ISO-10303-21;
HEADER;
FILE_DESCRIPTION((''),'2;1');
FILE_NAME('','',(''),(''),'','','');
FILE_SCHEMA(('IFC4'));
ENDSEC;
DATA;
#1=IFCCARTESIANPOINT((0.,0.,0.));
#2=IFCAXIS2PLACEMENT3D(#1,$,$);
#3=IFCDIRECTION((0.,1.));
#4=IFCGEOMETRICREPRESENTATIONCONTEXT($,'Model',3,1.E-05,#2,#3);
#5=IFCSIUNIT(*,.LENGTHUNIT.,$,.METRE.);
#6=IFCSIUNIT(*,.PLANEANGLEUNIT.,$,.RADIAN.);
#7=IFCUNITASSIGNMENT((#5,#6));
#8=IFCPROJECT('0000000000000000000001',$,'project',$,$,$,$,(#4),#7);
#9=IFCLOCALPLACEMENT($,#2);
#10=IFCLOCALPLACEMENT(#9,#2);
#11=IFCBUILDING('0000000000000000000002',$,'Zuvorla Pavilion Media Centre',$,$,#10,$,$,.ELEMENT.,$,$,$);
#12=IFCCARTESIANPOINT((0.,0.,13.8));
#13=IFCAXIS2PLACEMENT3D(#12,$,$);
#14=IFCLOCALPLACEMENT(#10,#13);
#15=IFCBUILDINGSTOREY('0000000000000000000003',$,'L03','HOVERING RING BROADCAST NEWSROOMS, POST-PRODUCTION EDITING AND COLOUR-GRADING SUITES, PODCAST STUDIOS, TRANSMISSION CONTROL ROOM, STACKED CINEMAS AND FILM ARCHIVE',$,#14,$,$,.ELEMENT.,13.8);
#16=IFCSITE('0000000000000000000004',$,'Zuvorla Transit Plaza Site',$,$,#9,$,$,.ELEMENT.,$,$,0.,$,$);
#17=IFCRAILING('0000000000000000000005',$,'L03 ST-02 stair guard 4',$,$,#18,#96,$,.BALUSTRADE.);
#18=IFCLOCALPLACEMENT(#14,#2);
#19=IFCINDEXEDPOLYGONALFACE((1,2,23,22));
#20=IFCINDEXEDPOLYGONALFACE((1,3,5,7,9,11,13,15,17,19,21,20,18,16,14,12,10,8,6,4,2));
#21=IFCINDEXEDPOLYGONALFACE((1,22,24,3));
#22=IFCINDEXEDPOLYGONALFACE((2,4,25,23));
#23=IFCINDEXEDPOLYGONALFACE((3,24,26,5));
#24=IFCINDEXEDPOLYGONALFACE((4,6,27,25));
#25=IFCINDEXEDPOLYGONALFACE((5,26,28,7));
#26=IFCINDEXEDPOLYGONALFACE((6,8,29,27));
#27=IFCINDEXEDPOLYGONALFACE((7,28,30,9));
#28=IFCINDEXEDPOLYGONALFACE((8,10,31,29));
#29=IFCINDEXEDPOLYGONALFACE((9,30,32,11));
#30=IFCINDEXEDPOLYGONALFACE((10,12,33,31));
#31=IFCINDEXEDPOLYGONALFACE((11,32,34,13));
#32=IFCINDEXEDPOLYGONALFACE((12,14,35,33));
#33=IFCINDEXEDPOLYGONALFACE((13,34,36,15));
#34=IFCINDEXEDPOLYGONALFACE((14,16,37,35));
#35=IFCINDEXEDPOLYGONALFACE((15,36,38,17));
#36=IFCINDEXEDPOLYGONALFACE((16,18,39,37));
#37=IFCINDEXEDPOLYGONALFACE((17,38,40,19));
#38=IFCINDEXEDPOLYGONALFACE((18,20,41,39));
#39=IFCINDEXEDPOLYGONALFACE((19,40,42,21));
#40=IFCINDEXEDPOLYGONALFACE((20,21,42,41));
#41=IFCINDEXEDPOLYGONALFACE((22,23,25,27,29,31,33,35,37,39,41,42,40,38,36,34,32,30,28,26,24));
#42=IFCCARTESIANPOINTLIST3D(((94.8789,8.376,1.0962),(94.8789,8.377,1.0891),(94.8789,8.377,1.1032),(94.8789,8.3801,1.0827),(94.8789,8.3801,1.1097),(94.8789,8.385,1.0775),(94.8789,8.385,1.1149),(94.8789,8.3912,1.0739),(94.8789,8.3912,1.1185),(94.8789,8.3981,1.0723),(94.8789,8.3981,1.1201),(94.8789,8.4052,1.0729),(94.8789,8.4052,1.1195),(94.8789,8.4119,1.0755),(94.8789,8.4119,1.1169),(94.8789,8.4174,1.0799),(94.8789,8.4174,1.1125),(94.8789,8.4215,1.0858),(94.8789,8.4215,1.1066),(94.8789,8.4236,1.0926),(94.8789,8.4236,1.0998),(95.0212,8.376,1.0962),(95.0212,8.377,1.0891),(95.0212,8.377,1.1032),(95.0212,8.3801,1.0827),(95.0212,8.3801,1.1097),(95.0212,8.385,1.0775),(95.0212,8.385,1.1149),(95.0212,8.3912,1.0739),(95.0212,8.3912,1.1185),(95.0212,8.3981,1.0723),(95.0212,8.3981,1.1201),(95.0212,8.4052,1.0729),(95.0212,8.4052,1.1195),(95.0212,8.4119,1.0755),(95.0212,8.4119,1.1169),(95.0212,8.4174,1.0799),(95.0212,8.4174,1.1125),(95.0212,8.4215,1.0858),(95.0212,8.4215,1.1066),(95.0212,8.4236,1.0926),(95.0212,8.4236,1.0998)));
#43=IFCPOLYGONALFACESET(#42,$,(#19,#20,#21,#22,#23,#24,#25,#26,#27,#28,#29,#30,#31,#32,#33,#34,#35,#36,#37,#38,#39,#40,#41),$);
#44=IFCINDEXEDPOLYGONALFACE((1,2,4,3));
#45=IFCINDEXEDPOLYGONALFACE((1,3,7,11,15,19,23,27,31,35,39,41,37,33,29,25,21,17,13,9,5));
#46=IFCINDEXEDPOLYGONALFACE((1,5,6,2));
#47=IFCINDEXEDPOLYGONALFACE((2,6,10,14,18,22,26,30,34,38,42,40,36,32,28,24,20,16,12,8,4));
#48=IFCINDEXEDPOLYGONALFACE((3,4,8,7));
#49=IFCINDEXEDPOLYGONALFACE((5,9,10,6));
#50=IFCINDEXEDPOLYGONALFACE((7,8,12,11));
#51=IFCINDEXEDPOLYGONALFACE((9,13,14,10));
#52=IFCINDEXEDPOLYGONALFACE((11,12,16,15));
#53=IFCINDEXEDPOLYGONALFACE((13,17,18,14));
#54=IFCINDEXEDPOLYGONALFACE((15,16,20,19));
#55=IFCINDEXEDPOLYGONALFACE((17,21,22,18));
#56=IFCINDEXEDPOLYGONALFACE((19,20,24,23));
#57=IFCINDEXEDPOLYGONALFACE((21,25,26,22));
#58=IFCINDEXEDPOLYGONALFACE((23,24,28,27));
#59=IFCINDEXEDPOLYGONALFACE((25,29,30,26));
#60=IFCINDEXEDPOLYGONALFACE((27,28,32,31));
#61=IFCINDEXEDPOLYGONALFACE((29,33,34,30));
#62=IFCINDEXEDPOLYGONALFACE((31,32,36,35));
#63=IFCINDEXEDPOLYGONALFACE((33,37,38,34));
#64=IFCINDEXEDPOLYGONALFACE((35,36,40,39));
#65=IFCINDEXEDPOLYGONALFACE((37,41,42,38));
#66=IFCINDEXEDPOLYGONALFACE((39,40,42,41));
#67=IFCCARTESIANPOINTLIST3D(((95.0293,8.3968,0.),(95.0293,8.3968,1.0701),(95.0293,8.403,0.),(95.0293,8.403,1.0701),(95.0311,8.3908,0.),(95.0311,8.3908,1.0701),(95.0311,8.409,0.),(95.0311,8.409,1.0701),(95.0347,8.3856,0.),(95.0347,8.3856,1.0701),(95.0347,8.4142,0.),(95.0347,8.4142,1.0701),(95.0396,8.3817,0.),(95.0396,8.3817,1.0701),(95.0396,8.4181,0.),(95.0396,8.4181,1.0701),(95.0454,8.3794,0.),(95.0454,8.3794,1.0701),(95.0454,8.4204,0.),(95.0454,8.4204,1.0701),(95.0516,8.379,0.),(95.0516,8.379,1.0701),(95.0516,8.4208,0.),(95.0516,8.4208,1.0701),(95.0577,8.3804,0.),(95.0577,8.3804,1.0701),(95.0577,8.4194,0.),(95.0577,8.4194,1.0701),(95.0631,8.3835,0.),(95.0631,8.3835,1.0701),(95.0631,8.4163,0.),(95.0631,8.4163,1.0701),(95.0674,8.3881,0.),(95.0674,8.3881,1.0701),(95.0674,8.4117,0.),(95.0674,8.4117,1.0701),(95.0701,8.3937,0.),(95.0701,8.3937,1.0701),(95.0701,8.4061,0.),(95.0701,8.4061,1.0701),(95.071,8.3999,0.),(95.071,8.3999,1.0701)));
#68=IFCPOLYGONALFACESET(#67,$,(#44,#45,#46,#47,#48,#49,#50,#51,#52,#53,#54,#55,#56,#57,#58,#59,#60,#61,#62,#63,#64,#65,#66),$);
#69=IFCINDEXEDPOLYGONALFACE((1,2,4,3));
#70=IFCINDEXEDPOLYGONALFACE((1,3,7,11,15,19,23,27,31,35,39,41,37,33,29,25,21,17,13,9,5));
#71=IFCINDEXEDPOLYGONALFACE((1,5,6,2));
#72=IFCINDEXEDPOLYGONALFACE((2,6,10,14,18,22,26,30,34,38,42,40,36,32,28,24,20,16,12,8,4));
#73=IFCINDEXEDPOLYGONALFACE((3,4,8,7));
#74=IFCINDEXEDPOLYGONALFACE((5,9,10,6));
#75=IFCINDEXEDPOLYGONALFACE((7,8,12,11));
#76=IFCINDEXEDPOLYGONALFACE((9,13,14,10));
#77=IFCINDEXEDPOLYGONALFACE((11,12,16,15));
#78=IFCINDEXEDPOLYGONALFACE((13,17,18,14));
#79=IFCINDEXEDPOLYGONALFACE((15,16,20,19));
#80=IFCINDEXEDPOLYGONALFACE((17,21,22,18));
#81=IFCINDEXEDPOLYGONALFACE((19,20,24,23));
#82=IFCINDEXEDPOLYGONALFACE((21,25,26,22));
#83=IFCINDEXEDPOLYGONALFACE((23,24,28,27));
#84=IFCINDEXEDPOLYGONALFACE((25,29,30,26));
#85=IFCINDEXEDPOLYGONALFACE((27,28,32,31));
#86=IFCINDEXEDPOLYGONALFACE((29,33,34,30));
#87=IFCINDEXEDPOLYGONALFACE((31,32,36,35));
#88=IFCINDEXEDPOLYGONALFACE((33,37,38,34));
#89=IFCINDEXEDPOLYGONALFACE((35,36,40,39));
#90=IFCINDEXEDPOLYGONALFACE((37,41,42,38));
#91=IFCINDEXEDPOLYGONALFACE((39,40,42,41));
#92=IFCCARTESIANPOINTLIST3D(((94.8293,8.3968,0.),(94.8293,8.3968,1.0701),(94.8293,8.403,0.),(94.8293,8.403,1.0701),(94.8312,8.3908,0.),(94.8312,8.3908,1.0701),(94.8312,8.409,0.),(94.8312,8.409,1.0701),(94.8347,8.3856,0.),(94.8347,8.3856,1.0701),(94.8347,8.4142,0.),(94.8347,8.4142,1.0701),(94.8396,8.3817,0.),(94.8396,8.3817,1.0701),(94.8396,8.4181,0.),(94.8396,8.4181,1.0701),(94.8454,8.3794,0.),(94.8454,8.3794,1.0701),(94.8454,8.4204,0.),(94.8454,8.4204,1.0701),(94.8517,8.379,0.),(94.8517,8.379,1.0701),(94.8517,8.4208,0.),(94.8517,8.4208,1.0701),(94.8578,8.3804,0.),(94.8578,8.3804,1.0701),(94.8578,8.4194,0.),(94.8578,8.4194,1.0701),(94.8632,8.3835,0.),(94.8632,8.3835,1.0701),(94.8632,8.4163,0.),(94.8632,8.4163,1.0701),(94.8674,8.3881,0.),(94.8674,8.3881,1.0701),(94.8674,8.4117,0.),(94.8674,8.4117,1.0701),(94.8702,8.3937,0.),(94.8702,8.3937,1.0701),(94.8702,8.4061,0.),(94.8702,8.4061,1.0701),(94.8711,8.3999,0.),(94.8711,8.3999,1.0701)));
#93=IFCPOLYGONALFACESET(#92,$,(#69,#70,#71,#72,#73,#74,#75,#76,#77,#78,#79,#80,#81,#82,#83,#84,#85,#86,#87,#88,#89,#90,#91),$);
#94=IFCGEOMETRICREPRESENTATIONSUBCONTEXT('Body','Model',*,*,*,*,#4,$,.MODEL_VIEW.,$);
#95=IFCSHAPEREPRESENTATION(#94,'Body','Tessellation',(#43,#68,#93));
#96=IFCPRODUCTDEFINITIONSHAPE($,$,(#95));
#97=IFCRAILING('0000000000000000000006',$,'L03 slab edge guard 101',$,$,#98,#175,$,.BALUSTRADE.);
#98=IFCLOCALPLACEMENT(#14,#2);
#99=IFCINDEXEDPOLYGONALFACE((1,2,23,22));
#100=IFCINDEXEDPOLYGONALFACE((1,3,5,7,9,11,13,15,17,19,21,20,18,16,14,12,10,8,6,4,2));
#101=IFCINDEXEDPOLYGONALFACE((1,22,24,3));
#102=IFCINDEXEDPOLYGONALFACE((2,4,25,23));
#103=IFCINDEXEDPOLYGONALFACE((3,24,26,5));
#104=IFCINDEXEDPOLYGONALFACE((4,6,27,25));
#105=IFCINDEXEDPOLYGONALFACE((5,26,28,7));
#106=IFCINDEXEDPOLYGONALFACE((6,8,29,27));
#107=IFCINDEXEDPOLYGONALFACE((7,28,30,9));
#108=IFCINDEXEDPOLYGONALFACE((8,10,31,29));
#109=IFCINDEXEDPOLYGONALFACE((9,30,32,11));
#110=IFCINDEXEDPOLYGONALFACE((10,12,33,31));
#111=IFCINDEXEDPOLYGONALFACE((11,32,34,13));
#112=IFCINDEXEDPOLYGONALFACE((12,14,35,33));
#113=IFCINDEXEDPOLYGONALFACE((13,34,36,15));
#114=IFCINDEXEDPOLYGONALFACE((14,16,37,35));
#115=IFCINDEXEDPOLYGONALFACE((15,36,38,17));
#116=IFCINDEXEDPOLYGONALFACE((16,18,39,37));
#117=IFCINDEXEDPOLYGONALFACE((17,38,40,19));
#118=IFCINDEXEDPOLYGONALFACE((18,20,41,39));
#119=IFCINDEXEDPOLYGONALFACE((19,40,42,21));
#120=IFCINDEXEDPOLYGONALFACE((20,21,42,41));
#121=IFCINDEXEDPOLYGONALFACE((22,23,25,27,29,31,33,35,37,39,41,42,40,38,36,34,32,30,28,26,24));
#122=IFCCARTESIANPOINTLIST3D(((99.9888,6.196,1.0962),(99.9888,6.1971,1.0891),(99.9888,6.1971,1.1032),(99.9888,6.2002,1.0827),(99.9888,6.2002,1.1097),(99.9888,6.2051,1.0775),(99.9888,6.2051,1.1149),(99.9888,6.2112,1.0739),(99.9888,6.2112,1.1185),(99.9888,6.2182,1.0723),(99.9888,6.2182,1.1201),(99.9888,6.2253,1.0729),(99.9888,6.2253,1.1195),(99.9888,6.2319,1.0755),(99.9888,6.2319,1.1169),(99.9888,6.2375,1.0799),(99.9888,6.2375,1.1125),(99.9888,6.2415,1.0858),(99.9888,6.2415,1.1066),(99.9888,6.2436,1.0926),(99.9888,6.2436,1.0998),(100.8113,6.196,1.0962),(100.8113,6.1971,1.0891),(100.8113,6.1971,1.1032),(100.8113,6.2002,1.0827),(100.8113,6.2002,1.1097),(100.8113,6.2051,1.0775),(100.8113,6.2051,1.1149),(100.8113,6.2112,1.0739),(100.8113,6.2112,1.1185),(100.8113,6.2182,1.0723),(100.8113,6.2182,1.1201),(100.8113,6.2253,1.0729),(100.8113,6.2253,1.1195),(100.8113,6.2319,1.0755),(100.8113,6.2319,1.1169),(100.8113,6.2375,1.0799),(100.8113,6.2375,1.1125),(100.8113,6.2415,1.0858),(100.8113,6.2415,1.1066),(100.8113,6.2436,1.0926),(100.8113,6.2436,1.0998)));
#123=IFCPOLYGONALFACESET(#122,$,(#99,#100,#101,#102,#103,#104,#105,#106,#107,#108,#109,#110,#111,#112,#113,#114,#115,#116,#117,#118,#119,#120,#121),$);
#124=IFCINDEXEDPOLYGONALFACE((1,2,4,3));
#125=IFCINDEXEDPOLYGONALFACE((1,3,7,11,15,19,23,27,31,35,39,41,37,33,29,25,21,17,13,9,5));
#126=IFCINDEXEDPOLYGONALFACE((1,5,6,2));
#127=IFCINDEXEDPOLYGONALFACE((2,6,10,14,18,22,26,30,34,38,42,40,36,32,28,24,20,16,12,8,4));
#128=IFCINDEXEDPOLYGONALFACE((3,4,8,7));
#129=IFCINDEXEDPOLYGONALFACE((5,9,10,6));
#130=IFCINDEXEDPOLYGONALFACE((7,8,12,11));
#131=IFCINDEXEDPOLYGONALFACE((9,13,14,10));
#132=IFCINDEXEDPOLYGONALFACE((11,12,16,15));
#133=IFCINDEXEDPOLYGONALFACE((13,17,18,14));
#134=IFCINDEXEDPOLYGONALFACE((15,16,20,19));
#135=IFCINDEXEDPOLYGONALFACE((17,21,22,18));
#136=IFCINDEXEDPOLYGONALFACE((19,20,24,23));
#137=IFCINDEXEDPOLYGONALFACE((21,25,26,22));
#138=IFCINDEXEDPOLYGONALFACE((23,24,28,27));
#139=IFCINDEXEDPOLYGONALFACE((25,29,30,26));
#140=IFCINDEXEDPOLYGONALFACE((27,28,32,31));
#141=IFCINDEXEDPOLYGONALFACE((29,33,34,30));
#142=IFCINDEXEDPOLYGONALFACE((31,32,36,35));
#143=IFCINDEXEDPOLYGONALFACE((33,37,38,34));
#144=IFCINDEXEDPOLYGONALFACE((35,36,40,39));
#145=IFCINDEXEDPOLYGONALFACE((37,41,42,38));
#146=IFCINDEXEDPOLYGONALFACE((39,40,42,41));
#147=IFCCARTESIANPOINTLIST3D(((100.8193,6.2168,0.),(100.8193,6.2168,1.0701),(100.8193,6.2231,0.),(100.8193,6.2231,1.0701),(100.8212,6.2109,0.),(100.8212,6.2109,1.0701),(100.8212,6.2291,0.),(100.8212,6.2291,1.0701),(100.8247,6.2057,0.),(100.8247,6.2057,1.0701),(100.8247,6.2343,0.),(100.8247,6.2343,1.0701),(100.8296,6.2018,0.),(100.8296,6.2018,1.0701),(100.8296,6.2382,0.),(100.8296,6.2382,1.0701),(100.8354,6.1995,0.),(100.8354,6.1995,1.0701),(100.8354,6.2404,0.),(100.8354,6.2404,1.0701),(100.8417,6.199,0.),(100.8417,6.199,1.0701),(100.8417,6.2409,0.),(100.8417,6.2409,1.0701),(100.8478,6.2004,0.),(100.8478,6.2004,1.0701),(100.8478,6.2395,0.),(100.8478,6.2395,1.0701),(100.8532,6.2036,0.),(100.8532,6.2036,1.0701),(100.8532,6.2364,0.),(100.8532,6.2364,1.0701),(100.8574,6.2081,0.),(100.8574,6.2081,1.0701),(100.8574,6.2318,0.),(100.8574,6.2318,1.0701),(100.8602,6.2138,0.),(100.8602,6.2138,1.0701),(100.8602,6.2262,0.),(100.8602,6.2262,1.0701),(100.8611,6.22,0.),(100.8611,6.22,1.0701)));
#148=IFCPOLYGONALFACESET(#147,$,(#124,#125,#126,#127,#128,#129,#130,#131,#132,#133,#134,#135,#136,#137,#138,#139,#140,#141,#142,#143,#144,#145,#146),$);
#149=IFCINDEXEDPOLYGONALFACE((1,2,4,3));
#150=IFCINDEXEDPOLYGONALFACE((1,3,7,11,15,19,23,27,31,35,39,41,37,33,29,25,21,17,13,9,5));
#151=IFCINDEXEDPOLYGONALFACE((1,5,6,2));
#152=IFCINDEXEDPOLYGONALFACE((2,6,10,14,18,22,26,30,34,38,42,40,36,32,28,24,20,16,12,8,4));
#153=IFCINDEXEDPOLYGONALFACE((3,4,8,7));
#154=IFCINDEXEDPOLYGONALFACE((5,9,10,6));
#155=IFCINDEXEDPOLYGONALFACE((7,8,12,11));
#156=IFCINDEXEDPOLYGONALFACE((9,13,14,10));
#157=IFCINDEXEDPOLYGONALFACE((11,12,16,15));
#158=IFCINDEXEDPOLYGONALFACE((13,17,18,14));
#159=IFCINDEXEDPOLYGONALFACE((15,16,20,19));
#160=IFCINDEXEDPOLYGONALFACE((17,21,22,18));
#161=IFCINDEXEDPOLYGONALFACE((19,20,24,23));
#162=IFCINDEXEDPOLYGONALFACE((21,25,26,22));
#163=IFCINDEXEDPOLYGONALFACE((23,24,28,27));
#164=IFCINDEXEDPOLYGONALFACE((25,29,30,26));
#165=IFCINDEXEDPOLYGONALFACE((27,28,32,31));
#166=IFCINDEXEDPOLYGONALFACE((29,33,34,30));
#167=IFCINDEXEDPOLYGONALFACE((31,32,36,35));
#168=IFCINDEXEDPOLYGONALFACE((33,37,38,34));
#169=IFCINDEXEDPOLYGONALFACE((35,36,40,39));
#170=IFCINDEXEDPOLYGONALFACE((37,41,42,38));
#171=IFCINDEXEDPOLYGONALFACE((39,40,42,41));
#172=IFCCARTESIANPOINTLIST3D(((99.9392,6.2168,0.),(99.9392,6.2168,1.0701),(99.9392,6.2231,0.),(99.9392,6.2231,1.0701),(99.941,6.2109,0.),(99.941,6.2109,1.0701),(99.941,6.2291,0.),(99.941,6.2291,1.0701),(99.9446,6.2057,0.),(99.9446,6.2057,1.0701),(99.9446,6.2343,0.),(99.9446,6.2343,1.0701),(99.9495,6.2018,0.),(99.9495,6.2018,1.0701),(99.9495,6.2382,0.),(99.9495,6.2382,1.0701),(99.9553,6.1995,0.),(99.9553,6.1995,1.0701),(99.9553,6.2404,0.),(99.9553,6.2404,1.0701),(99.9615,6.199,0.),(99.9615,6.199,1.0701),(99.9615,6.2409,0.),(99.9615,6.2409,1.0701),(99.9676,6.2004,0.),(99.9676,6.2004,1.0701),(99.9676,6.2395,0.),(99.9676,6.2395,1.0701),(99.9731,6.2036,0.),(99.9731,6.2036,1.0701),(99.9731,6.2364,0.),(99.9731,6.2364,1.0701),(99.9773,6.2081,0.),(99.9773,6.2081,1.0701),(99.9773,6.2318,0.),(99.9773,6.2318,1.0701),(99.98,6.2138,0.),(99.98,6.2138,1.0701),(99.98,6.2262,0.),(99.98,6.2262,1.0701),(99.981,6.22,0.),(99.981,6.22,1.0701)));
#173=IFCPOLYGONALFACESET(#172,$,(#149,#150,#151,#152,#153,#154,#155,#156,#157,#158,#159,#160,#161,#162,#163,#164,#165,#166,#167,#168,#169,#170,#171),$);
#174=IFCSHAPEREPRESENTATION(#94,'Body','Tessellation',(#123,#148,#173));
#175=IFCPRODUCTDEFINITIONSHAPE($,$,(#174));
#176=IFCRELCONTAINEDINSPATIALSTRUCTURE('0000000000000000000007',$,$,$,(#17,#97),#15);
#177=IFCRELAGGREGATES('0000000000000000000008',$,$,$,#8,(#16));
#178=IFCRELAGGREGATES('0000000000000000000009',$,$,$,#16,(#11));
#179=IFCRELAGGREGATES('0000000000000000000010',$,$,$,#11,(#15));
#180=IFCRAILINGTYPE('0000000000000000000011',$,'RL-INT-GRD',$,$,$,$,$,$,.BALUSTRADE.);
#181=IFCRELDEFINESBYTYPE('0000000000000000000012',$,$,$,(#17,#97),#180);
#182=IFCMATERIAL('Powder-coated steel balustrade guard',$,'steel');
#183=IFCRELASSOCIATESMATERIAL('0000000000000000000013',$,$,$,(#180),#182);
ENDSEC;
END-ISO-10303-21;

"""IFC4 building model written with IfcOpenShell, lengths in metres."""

from ifc_helpers import new_model, si_unit, direction, frame, origin, origin_2d, place, context, subcontext, project, spatial, circle, extrude, material, type_object, element, save


model = new_model("IFC4")

# Units and contexts
model_context = context("Model", 3, precision=1e-05, world=origin(), true_north=direction((0.0, 1.0)))
body_context = subcontext(model_context, "Body", "Model", "MODEL_VIEW")
ifc_project = project(units=[si_unit("LENGTHUNIT", "METRE"), si_unit("PLANEANGLEUNIT", "RADIAN")], contexts=[model_context])

# Site, building, storey
site_placement = place(None, origin())
site = spatial("IfcSite", under=ifc_project, at=site_placement, Name="Zuvorla Transit Plaza Site", CompositionType="ELEMENT", RefElevation=0.0)
building_placement = place(site_placement, origin())
building = spatial("IfcBuilding", under=site, at=building_placement, Name="Zuvorla Pavilion Media Centre", CompositionType="ELEMENT")
storey_placement = place(building_placement, frame((0.0, 0.0, 13.8)))
storey = spatial("IfcBuildingStorey", under=building, at=storey_placement, Name="L03", Description="HOVERING RING BROADCAST NEWSROOMS, POST-PRODUCTION EDITING AND COLOUR-GRADING SUITES, PODCAST STUDIOS, TRANSMISSION CONTROL ROOM, STACKED CINEMAS AND FILM ARCHIVE", CompositionType="ELEMENT", Elevation=13.8)

# Railings
ifc_material_1 = material(Name="Powder-coated steel balustrade guard", Category="steel")
railing_type_1 = type_object("IfcRailingType", Name="RL-INT-GRD", PredefinedType="BALUSTRADE", material=ifc_material_1)
railing_1_placement = place(storey_placement, frame((95.05, 8.3999, 0.0)))
element("IfcRailing", 1, at=railing_1_placement, inside=storey, type_object=railing_type_1, Name="L03 ST-02 stair guard 4", PredefinedType="BALUSTRADE", context=body_context, shape_type="SweptSolid", body=[
    extrude(circle(Radius=0.0239, at=origin_2d()), frame((-0.0288, 0.0, 1.0962), z_axis=(-1.0, 0.0, 0.0), x_axis=(0.0, -1.0, 0.0)), (0.0, 0.0, 1.0), 0.1423),
    extrude(circle(Radius=0.021, at=origin_2d()), origin(), (0.0, 0.0, 1.0), 1.0701),
    extrude(circle(Radius=0.021, at=origin_2d()), frame((-0.2, 0.0, 0.0)), (0.0, 0.0, 1.0), 1.0701),
])
railing_2_placement = place(storey_placement, frame((100.8401, 6.22, 0.0)))
element("IfcRailing", 2, at=railing_2_placement, inside=storey, type_object=railing_type_1, Name="L03 slab edge guard 101", PredefinedType="BALUSTRADE", context=body_context, shape_type="SweptSolid", body=[
    extrude(circle(Radius=0.0239, at=origin_2d()), frame((-0.0288, 0.0, 1.0962), z_axis=(-1.0, 0.0, 0.0), x_axis=(0.0, -1.0, 0.0)), (0.0, 0.0, 1.0), 0.8225),
    extrude(circle(Radius=0.021, at=origin_2d()), origin(), (0.0, 0.0, 1.0), 1.0701),
    extrude(circle(Radius=0.021, at=origin_2d()), frame((-0.8801, 0.0, 0.0)), (0.0, 0.0, 1.0), 1.0701),
])

save(model, "model.ifc")
